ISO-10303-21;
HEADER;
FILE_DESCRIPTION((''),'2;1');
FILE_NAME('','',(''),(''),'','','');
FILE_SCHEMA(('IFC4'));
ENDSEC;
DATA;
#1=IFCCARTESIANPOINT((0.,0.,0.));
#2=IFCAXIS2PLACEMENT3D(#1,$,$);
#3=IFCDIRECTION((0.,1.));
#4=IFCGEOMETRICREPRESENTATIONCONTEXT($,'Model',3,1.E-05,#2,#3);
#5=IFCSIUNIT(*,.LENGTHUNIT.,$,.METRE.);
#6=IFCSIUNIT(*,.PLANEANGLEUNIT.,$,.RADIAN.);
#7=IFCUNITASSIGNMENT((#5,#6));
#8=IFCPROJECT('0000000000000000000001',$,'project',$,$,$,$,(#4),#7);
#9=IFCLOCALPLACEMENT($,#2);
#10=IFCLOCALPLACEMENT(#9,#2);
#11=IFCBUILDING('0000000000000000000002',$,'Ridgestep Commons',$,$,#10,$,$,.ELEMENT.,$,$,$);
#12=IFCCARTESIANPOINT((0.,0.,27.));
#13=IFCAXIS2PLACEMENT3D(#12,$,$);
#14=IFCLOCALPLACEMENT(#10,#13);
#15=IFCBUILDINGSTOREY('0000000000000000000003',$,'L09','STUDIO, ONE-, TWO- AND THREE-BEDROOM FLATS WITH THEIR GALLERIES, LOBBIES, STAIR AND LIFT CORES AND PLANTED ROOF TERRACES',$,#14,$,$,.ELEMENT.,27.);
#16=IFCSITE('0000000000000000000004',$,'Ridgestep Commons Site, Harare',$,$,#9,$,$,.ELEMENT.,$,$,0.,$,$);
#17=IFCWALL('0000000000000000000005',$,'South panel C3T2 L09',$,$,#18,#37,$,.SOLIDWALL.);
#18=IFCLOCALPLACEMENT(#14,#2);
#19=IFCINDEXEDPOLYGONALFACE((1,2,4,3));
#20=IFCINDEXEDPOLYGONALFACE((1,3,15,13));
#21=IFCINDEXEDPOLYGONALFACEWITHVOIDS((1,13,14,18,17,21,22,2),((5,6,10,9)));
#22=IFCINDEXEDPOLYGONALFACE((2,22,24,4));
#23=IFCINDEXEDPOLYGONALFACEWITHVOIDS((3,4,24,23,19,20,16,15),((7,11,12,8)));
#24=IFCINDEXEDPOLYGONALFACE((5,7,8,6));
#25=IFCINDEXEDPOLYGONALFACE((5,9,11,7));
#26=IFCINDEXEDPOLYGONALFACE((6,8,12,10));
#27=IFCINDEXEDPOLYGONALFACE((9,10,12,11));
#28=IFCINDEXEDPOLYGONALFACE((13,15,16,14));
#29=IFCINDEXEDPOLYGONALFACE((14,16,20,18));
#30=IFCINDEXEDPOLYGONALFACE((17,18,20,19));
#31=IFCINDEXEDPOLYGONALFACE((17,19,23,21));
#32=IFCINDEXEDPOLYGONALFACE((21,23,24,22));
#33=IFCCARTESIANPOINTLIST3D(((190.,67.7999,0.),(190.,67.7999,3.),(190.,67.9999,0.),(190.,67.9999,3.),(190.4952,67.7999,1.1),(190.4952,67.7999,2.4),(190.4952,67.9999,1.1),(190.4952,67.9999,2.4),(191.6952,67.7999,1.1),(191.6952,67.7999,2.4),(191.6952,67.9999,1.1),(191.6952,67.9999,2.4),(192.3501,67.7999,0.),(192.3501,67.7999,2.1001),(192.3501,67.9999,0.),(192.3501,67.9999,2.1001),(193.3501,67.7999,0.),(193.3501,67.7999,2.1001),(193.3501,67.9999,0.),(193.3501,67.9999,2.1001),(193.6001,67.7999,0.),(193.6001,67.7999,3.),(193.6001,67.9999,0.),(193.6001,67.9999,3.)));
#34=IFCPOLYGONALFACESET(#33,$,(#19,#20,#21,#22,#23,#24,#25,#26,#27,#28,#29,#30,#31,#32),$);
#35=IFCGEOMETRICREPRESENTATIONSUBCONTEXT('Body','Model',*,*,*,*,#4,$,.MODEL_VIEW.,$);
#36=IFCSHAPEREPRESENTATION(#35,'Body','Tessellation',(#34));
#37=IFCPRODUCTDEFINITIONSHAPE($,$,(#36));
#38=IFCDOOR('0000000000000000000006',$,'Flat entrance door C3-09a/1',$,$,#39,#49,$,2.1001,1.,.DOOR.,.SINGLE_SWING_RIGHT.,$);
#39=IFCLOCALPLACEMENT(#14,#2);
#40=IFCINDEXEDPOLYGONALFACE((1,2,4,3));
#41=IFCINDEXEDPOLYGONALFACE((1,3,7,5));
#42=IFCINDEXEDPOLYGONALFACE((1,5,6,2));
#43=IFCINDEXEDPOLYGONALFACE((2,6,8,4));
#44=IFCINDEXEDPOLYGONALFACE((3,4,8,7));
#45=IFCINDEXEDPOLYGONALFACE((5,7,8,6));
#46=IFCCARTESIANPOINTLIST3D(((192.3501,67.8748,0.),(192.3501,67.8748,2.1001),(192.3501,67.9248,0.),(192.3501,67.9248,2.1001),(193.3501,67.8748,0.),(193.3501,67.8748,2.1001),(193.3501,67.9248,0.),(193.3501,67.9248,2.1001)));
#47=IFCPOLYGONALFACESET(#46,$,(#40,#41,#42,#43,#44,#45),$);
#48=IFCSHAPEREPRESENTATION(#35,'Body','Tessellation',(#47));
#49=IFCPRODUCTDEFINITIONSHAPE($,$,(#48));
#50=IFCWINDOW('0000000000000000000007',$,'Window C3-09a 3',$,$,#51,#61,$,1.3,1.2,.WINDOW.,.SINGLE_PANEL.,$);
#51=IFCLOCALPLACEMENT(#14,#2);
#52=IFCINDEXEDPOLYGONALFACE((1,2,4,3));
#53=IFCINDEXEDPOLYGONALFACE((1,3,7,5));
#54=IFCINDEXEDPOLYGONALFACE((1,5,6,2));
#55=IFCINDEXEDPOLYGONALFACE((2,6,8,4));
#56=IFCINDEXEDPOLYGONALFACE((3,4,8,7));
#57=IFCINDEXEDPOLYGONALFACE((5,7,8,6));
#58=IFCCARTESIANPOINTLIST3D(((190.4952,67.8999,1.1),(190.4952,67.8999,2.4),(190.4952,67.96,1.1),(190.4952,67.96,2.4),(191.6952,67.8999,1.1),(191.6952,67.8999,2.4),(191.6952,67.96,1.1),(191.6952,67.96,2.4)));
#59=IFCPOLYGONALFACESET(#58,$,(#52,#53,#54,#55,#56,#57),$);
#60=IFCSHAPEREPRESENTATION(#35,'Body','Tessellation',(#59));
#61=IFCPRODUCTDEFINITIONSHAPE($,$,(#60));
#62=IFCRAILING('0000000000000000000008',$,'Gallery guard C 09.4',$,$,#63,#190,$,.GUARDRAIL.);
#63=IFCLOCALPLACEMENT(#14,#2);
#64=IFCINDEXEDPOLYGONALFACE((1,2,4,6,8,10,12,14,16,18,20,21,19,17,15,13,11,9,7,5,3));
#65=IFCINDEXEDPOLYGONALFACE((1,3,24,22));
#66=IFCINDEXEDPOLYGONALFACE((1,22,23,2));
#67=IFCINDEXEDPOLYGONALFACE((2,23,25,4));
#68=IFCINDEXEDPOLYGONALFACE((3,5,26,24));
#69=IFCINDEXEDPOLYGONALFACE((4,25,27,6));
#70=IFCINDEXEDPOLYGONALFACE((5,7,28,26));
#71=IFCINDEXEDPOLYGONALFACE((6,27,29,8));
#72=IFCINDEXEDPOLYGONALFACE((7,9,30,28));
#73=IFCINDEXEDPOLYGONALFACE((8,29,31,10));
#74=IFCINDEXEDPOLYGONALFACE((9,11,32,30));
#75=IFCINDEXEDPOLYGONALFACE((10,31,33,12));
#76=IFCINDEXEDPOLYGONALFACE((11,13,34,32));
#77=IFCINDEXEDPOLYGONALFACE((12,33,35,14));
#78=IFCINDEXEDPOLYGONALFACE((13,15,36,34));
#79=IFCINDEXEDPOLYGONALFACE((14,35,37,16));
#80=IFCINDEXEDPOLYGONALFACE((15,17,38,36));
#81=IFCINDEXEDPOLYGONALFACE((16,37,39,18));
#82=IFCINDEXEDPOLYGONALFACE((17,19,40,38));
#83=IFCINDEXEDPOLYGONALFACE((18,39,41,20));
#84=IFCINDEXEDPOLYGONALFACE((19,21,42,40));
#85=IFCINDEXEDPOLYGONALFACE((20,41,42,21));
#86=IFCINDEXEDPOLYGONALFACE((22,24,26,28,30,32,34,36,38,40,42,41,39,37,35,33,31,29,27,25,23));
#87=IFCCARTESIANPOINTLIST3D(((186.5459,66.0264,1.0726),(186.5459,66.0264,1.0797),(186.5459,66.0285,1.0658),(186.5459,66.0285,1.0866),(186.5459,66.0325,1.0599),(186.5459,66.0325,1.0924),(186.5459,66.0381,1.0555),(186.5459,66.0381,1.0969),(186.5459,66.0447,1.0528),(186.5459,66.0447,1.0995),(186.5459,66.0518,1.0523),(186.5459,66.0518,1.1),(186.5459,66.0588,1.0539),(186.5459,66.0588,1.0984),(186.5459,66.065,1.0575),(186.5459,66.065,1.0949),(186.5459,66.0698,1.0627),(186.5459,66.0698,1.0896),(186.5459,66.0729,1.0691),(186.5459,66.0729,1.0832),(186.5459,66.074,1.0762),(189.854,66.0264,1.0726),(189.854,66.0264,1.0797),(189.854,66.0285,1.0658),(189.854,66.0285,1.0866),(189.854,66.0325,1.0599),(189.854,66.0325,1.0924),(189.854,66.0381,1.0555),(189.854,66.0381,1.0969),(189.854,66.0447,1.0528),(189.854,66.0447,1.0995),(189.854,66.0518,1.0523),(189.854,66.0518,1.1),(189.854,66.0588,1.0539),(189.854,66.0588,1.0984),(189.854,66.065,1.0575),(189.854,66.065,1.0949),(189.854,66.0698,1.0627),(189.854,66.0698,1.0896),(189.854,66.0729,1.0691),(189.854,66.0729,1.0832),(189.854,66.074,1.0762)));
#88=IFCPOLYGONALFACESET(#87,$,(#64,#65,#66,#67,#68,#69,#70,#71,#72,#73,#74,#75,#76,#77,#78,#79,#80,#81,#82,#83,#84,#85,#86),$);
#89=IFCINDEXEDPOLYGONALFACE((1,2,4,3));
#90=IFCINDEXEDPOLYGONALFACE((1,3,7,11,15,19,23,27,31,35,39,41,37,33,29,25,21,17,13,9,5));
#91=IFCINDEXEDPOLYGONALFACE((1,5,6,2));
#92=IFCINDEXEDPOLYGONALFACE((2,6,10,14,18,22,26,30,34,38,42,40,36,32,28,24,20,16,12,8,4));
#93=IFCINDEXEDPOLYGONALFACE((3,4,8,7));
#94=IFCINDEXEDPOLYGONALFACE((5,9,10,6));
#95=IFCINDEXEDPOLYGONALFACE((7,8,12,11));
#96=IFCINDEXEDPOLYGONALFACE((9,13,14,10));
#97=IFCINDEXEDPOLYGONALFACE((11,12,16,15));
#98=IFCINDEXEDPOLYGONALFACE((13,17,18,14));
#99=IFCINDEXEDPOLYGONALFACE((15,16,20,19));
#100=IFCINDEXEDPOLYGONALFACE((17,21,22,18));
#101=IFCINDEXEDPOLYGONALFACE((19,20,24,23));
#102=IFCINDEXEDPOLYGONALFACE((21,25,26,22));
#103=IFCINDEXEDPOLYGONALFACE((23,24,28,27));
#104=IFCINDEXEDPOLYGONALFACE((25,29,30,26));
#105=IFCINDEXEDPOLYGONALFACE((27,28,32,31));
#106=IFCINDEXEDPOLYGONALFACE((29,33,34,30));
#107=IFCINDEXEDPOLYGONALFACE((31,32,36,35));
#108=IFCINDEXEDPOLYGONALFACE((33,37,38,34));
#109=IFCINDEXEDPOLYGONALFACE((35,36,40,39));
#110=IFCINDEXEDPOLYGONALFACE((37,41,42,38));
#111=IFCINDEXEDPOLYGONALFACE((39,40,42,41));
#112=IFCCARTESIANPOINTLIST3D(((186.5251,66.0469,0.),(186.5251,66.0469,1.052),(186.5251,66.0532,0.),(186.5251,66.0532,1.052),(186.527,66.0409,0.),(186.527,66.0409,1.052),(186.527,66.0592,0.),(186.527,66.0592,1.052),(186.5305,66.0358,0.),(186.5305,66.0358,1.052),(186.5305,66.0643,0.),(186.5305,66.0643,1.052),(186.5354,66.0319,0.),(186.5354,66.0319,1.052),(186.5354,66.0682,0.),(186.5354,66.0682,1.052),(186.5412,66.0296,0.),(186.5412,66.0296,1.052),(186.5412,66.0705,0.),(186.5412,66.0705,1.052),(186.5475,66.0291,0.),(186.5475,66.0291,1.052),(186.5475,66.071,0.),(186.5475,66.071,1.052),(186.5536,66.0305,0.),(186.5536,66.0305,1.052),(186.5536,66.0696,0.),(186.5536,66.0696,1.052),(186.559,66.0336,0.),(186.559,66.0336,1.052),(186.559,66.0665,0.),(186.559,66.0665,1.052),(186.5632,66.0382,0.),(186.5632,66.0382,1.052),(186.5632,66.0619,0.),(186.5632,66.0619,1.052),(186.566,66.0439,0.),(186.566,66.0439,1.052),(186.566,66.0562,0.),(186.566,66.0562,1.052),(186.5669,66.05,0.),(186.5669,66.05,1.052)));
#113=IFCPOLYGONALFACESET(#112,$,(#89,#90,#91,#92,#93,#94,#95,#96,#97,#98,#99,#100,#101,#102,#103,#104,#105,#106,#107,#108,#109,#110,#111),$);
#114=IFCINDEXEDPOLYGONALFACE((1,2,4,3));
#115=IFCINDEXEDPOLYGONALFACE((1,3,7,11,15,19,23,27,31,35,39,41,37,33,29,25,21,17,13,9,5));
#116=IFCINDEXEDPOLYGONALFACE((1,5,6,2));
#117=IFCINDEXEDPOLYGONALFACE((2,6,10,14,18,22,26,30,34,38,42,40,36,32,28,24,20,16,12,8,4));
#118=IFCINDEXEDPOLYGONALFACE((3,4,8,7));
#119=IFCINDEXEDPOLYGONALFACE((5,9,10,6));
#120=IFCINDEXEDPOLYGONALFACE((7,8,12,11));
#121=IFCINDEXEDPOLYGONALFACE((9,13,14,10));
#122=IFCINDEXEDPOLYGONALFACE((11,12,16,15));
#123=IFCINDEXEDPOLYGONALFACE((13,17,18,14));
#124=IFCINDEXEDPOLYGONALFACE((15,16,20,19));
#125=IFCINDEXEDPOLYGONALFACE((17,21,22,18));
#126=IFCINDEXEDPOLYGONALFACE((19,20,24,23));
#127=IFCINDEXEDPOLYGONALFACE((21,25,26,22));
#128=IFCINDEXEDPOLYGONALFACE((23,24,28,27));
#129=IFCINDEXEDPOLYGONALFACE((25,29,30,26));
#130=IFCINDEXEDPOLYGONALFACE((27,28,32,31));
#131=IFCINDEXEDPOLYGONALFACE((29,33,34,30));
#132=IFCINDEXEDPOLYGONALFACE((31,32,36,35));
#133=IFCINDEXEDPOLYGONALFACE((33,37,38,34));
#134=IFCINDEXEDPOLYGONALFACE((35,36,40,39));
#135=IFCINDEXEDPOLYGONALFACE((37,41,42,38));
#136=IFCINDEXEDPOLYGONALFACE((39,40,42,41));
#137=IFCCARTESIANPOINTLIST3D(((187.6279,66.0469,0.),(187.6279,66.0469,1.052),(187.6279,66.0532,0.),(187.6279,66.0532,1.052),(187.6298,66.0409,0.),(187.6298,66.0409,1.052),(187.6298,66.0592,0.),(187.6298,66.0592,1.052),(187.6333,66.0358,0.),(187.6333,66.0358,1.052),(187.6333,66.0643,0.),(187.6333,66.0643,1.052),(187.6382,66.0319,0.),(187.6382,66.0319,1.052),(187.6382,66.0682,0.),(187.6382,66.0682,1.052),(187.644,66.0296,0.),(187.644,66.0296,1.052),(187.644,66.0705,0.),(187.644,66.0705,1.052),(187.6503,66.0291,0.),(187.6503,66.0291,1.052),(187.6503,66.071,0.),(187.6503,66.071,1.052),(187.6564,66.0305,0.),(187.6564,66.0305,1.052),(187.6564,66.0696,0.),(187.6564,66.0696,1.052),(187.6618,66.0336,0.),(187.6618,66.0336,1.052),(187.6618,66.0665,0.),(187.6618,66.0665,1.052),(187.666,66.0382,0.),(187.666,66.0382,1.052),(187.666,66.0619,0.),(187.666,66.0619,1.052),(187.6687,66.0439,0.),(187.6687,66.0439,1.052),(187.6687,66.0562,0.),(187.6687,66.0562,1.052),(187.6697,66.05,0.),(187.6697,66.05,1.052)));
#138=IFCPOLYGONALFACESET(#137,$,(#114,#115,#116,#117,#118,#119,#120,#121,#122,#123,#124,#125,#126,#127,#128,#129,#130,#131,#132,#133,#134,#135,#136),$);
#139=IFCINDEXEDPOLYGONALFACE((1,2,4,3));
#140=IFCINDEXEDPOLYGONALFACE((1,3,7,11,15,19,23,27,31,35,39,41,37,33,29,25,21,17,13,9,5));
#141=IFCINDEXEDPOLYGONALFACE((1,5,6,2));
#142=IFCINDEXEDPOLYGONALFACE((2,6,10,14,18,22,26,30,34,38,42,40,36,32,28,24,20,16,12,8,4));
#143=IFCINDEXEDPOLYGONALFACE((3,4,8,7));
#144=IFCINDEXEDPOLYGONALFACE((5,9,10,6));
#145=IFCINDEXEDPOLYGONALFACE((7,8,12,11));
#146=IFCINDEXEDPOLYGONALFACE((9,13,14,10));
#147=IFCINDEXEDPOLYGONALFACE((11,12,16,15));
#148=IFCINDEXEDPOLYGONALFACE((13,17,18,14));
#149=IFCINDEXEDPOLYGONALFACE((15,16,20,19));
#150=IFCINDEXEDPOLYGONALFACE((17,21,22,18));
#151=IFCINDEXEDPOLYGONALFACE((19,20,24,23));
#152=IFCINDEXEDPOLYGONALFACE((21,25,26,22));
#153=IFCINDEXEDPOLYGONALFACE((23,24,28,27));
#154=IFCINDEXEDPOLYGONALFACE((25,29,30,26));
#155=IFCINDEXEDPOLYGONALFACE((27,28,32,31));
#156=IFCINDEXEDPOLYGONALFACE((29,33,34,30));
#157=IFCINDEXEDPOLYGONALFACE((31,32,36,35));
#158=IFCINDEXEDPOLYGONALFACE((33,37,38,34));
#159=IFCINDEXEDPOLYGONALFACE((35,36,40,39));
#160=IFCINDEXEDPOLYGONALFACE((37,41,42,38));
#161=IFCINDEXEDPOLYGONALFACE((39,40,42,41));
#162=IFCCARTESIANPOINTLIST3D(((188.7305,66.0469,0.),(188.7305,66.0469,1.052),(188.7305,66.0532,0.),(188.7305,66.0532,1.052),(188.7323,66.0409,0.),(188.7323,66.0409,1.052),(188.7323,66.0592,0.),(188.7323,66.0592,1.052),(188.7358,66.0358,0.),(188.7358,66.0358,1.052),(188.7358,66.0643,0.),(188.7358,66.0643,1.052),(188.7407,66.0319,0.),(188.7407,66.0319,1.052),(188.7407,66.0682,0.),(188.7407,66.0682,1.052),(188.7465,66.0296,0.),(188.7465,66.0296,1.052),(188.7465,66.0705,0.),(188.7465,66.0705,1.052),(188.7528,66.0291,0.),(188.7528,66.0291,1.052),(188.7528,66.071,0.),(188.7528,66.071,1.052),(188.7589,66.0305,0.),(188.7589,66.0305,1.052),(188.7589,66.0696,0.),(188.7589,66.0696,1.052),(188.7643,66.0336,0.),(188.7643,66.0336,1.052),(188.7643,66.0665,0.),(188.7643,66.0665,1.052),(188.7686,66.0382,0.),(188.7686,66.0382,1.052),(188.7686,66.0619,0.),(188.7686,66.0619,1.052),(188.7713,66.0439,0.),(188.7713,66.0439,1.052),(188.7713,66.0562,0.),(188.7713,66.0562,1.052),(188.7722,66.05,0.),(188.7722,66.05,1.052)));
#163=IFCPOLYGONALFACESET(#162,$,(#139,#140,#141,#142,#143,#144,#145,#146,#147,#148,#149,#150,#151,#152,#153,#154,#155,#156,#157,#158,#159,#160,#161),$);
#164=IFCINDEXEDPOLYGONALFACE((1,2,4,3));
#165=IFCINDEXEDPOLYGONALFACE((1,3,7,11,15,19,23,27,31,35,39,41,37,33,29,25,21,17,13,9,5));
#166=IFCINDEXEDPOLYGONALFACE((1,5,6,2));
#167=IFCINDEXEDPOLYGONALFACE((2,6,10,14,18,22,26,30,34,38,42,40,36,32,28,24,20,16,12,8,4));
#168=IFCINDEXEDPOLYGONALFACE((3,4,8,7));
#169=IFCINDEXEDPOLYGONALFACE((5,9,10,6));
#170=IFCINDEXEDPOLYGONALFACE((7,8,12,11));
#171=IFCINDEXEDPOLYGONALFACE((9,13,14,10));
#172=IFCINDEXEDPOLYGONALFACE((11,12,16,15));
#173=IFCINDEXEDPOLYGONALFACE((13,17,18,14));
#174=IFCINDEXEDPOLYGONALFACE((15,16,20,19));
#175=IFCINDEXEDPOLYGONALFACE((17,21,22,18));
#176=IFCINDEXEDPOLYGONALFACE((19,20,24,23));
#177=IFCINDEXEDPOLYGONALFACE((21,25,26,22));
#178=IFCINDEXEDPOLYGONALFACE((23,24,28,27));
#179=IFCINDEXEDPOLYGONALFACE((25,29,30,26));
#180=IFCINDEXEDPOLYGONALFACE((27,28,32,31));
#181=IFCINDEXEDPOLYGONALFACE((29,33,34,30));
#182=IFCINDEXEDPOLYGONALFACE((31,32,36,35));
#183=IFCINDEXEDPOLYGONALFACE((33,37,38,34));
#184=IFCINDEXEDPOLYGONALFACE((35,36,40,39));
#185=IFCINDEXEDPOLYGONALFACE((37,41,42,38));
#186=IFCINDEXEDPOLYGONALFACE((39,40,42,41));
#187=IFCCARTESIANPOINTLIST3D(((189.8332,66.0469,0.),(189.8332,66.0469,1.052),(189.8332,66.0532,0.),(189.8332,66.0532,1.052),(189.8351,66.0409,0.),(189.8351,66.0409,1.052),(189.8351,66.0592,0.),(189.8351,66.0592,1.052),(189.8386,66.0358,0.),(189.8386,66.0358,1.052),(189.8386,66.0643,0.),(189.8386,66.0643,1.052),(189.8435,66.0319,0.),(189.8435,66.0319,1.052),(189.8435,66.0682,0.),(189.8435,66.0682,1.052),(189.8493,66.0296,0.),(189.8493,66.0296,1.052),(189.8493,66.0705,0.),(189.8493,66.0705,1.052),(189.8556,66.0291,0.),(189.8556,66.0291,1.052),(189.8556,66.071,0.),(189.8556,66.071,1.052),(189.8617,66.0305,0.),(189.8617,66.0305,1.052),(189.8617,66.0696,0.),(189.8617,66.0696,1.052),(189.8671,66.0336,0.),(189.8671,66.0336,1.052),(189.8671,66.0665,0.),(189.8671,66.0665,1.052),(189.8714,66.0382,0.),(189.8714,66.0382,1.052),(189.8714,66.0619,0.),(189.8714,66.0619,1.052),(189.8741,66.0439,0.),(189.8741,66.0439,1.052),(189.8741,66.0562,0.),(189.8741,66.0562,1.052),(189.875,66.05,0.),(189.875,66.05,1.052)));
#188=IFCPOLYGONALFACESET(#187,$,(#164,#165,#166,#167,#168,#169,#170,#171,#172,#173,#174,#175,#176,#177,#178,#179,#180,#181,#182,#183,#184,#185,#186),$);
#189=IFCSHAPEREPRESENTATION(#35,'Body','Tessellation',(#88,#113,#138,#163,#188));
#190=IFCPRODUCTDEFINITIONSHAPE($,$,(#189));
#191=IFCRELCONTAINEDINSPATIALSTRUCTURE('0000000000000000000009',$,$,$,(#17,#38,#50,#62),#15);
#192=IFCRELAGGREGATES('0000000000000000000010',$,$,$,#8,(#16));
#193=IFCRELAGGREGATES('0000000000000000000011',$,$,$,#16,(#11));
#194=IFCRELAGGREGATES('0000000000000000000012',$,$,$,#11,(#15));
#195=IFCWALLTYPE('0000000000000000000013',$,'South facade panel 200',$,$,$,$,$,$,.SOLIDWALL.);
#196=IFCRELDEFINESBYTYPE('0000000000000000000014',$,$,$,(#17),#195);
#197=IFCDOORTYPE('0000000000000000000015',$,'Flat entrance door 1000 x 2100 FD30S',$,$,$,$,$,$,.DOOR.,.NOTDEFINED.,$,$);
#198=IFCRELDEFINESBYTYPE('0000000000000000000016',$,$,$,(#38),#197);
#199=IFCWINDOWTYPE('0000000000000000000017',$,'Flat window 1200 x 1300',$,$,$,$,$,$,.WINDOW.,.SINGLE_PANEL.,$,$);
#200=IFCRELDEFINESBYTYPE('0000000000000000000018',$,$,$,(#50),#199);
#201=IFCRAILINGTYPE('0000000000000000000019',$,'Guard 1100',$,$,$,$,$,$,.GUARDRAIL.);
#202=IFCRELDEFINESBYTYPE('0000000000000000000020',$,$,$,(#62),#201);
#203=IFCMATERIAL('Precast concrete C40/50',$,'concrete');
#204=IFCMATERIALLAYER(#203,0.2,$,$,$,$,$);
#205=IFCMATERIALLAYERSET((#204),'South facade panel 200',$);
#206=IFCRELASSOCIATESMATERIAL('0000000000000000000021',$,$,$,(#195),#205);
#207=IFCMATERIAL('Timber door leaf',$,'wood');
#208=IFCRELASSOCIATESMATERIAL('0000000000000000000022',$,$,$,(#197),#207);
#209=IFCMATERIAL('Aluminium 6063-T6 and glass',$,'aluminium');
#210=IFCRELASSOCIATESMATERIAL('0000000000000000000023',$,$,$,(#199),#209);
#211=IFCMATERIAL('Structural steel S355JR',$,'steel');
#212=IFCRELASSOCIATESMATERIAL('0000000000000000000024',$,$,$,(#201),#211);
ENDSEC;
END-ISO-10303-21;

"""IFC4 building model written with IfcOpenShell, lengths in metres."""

from ifc_helpers import new_model, si_unit, direction, frame, frame_2d, origin, origin_2d, place, context, subcontext, project, spatial, rectangle, circle, extrude, material, layer, layer_set, type_object, element, fill, save


model = new_model("IFC4")

# Units and contexts
model_context = context("Model", 3, precision=1e-05, world=origin(), true_north=direction((0.0, 1.0)))
body_context = subcontext(model_context, "Body", "Model", "MODEL_VIEW")
ifc_project = project(units=[si_unit("LENGTHUNIT", "METRE"), si_unit("PLANEANGLEUNIT", "RADIAN")], contexts=[model_context])

# Site, building, storey
site_placement = place(None, origin())
site = spatial("IfcSite", under=ifc_project, at=site_placement, Name="Ridgestep Commons Site, Harare", CompositionType="ELEMENT", RefElevation=0.0)
building_placement = place(site_placement, origin())
building = spatial("IfcBuilding", under=site, at=building_placement, Name="Ridgestep Commons", CompositionType="ELEMENT")
storey_placement = place(building_placement, frame((0.0, 0.0, 27.0)))
storey = spatial("IfcBuildingStorey", under=building, at=storey_placement, Name="L09", Description="STUDIO, ONE-, TWO- AND THREE-BEDROOM FLATS WITH THEIR GALLERIES, LOBBIES, STAIR AND LIFT CORES AND PLANTED ROOF TERRACES", CompositionType="ELEMENT", Elevation=27.0)

# Wall, openings, door, window
ifc_material_1 = material(Name="Precast concrete C40/50", Category="concrete")
ifc_layer_1 = layer(ifc_material_1, 0.2)
ifc_layer_set_1 = layer_set([ifc_layer_1], Name="South facade panel 200")
wall_type_1 = type_object("IfcWallType", Name="South facade panel 200", PredefinedType="SOLIDWALL", material=ifc_layer_set_1)
ifc_material_2 = material(Name="Timber door leaf", Category="wood")
door_type_1 = type_object("IfcDoorType", Name="Flat entrance door 1000 x 2100 FD30S", OperationType="NOTDEFINED", PredefinedType="DOOR", material=ifc_material_2)
ifc_material_3 = material(Name="Aluminium 6063-T6 and glass", Category="aluminium")
window_type = type_object("IfcWindowType", Name="Flat window 1200 x 1300", PartitioningType="SINGLE_PANEL", PredefinedType="WINDOW", material=ifc_material_3)
wall_1_placement = place(storey_placement, frame((190.0, 67.8999, 0.0), z_axis=(0.0, 0.0, 1.0), x_axis=(1.0, 0.0, 0.0)))
wall_1 = element("IfcWall", 1, at=wall_1_placement, inside=storey, type_object=wall_type_1, Name="South panel C3T2 L09", PredefinedType="SOLIDWALL", context=body_context, shape_type="SweptSolid", body=[
    extrude(rectangle(XDim=3.6001, YDim=0.2, at=frame_2d((1.8, 0.0))), origin(), (0.0, 0.0, 1.0), 3.0),
])
opening_1_placement = place(wall_1_placement, frame((0.4951, 0.0, 1.1001)))
opening_1 = element("IfcOpeningElement", 2, at=opening_1_placement, cuts=wall_1, PredefinedType="OPENING", context=body_context, shape_type="SweptSolid", body=[
    extrude(rectangle(XDim=1.2, YDim=1.3, at=frame_2d((0.6001, 0.6499))), frame((0.0, 0.1099, 0.0), z_axis=(0.0, -1.0, 0.0), x_axis=(1.0, 0.0, 0.0)), (0.0, 0.0, 1.0), 0.22),
])
opening_2_placement = place(wall_1_placement, frame((2.3501, 0.0, 0.0)))
opening_2 = element("IfcOpeningElement", 3, at=opening_2_placement, cuts=wall_1, PredefinedType="OPENING", context=body_context, shape_type="SweptSolid", body=[
    extrude(rectangle(XDim=1.0, YDim=2.1001, at=frame_2d((0.5, 1.05))), frame((0.0, 0.1099, 0.0), z_axis=(0.0, -1.0, 0.0), x_axis=(1.0, 0.0, 0.0)), (0.0, 0.0, 1.0), 0.22),
])
door_1_placement = place(opening_2_placement, origin())
door_1 = element("IfcDoor", 4, at=door_1_placement, inside=storey, type_object=door_type_1, Name="Flat entrance door C3-09a/1", OperationType="SINGLE_SWING_RIGHT", OverallHeight=2.1001, OverallWidth=1.0, PredefinedType="DOOR", context=body_context, shape_type="SweptSolid", body=[
    extrude(rectangle(XDim=1.0, YDim=2.1001, at=frame_2d((0.5, 1.05))), frame((0.0, 0.0249, 0.0), z_axis=(0.0, -1.0, 0.0), x_axis=(1.0, 0.0, 0.0)), (0.0, 0.0, 1.0), 0.05),
])
fill(opening_2, door_1)
window_1_placement = place(opening_1_placement, origin())
window_1 = element("IfcWindow", 5, at=window_1_placement, inside=storey, type_object=window_type, Name="Window C3-09a 3", OverallHeight=1.3, OverallWidth=1.2, PartitioningType="SINGLE_PANEL", PredefinedType="WINDOW", context=body_context, shape_type="SweptSolid", body=[
    extrude(rectangle(XDim=1.2, YDim=1.3, at=frame_2d((0.6001, 0.6499))), frame((0.0, 0.0601, 0.0), z_axis=(0.0, -1.0, 0.0), x_axis=(1.0, 0.0, 0.0)), (0.0, 0.0, 1.0), 0.0601),
])
fill(opening_1, window_1)

# Railing
ifc_material_4 = material(Name="Structural steel S355JR", Category="steel")
railing_type = type_object("IfcRailingType", Name="Guard 1100", PredefinedType="GUARDRAIL", material=ifc_material_4)
for number, where, name in (
    (6, (186.5459, 66.05, 0.0), "Gallery guard C 09.4"),
):
    element("IfcRailing", number, at=place(storey_placement, frame(where)), inside=storey, type_object=railing_type, Name=name, PredefinedType="GUARDRAIL", context=body_context, shape_type="SweptSolid", body=[
        extrude(circle(Radius=0.0239, at=origin_2d()), frame((0.0, 0.0, 1.0762), z_axis=(1.0, 0.0, 0.0), x_axis=(0.0, 1.0, 0.0)), (0.0, 0.0, 1.0), 3.3081),
        extrude(circle(Radius=0.021, at=origin_2d()), origin(), (0.0, 0.0, 1.0), 1.052),
        extrude(circle(Radius=0.021, at=origin_2d()), frame((1.1028, 0.0, 0.0)), (0.0, 0.0, 1.0), 1.052),
        extrude(circle(Radius=0.021, at=origin_2d()), frame((2.2053, 0.0, 0.0)), (0.0, 0.0, 1.0), 1.052),
        extrude(circle(Radius=0.021, at=origin_2d()), frame((3.3081, 0.0, 0.0)), (0.0, 0.0, 1.0), 1.052),
    ])

save(model, "model.ifc")
